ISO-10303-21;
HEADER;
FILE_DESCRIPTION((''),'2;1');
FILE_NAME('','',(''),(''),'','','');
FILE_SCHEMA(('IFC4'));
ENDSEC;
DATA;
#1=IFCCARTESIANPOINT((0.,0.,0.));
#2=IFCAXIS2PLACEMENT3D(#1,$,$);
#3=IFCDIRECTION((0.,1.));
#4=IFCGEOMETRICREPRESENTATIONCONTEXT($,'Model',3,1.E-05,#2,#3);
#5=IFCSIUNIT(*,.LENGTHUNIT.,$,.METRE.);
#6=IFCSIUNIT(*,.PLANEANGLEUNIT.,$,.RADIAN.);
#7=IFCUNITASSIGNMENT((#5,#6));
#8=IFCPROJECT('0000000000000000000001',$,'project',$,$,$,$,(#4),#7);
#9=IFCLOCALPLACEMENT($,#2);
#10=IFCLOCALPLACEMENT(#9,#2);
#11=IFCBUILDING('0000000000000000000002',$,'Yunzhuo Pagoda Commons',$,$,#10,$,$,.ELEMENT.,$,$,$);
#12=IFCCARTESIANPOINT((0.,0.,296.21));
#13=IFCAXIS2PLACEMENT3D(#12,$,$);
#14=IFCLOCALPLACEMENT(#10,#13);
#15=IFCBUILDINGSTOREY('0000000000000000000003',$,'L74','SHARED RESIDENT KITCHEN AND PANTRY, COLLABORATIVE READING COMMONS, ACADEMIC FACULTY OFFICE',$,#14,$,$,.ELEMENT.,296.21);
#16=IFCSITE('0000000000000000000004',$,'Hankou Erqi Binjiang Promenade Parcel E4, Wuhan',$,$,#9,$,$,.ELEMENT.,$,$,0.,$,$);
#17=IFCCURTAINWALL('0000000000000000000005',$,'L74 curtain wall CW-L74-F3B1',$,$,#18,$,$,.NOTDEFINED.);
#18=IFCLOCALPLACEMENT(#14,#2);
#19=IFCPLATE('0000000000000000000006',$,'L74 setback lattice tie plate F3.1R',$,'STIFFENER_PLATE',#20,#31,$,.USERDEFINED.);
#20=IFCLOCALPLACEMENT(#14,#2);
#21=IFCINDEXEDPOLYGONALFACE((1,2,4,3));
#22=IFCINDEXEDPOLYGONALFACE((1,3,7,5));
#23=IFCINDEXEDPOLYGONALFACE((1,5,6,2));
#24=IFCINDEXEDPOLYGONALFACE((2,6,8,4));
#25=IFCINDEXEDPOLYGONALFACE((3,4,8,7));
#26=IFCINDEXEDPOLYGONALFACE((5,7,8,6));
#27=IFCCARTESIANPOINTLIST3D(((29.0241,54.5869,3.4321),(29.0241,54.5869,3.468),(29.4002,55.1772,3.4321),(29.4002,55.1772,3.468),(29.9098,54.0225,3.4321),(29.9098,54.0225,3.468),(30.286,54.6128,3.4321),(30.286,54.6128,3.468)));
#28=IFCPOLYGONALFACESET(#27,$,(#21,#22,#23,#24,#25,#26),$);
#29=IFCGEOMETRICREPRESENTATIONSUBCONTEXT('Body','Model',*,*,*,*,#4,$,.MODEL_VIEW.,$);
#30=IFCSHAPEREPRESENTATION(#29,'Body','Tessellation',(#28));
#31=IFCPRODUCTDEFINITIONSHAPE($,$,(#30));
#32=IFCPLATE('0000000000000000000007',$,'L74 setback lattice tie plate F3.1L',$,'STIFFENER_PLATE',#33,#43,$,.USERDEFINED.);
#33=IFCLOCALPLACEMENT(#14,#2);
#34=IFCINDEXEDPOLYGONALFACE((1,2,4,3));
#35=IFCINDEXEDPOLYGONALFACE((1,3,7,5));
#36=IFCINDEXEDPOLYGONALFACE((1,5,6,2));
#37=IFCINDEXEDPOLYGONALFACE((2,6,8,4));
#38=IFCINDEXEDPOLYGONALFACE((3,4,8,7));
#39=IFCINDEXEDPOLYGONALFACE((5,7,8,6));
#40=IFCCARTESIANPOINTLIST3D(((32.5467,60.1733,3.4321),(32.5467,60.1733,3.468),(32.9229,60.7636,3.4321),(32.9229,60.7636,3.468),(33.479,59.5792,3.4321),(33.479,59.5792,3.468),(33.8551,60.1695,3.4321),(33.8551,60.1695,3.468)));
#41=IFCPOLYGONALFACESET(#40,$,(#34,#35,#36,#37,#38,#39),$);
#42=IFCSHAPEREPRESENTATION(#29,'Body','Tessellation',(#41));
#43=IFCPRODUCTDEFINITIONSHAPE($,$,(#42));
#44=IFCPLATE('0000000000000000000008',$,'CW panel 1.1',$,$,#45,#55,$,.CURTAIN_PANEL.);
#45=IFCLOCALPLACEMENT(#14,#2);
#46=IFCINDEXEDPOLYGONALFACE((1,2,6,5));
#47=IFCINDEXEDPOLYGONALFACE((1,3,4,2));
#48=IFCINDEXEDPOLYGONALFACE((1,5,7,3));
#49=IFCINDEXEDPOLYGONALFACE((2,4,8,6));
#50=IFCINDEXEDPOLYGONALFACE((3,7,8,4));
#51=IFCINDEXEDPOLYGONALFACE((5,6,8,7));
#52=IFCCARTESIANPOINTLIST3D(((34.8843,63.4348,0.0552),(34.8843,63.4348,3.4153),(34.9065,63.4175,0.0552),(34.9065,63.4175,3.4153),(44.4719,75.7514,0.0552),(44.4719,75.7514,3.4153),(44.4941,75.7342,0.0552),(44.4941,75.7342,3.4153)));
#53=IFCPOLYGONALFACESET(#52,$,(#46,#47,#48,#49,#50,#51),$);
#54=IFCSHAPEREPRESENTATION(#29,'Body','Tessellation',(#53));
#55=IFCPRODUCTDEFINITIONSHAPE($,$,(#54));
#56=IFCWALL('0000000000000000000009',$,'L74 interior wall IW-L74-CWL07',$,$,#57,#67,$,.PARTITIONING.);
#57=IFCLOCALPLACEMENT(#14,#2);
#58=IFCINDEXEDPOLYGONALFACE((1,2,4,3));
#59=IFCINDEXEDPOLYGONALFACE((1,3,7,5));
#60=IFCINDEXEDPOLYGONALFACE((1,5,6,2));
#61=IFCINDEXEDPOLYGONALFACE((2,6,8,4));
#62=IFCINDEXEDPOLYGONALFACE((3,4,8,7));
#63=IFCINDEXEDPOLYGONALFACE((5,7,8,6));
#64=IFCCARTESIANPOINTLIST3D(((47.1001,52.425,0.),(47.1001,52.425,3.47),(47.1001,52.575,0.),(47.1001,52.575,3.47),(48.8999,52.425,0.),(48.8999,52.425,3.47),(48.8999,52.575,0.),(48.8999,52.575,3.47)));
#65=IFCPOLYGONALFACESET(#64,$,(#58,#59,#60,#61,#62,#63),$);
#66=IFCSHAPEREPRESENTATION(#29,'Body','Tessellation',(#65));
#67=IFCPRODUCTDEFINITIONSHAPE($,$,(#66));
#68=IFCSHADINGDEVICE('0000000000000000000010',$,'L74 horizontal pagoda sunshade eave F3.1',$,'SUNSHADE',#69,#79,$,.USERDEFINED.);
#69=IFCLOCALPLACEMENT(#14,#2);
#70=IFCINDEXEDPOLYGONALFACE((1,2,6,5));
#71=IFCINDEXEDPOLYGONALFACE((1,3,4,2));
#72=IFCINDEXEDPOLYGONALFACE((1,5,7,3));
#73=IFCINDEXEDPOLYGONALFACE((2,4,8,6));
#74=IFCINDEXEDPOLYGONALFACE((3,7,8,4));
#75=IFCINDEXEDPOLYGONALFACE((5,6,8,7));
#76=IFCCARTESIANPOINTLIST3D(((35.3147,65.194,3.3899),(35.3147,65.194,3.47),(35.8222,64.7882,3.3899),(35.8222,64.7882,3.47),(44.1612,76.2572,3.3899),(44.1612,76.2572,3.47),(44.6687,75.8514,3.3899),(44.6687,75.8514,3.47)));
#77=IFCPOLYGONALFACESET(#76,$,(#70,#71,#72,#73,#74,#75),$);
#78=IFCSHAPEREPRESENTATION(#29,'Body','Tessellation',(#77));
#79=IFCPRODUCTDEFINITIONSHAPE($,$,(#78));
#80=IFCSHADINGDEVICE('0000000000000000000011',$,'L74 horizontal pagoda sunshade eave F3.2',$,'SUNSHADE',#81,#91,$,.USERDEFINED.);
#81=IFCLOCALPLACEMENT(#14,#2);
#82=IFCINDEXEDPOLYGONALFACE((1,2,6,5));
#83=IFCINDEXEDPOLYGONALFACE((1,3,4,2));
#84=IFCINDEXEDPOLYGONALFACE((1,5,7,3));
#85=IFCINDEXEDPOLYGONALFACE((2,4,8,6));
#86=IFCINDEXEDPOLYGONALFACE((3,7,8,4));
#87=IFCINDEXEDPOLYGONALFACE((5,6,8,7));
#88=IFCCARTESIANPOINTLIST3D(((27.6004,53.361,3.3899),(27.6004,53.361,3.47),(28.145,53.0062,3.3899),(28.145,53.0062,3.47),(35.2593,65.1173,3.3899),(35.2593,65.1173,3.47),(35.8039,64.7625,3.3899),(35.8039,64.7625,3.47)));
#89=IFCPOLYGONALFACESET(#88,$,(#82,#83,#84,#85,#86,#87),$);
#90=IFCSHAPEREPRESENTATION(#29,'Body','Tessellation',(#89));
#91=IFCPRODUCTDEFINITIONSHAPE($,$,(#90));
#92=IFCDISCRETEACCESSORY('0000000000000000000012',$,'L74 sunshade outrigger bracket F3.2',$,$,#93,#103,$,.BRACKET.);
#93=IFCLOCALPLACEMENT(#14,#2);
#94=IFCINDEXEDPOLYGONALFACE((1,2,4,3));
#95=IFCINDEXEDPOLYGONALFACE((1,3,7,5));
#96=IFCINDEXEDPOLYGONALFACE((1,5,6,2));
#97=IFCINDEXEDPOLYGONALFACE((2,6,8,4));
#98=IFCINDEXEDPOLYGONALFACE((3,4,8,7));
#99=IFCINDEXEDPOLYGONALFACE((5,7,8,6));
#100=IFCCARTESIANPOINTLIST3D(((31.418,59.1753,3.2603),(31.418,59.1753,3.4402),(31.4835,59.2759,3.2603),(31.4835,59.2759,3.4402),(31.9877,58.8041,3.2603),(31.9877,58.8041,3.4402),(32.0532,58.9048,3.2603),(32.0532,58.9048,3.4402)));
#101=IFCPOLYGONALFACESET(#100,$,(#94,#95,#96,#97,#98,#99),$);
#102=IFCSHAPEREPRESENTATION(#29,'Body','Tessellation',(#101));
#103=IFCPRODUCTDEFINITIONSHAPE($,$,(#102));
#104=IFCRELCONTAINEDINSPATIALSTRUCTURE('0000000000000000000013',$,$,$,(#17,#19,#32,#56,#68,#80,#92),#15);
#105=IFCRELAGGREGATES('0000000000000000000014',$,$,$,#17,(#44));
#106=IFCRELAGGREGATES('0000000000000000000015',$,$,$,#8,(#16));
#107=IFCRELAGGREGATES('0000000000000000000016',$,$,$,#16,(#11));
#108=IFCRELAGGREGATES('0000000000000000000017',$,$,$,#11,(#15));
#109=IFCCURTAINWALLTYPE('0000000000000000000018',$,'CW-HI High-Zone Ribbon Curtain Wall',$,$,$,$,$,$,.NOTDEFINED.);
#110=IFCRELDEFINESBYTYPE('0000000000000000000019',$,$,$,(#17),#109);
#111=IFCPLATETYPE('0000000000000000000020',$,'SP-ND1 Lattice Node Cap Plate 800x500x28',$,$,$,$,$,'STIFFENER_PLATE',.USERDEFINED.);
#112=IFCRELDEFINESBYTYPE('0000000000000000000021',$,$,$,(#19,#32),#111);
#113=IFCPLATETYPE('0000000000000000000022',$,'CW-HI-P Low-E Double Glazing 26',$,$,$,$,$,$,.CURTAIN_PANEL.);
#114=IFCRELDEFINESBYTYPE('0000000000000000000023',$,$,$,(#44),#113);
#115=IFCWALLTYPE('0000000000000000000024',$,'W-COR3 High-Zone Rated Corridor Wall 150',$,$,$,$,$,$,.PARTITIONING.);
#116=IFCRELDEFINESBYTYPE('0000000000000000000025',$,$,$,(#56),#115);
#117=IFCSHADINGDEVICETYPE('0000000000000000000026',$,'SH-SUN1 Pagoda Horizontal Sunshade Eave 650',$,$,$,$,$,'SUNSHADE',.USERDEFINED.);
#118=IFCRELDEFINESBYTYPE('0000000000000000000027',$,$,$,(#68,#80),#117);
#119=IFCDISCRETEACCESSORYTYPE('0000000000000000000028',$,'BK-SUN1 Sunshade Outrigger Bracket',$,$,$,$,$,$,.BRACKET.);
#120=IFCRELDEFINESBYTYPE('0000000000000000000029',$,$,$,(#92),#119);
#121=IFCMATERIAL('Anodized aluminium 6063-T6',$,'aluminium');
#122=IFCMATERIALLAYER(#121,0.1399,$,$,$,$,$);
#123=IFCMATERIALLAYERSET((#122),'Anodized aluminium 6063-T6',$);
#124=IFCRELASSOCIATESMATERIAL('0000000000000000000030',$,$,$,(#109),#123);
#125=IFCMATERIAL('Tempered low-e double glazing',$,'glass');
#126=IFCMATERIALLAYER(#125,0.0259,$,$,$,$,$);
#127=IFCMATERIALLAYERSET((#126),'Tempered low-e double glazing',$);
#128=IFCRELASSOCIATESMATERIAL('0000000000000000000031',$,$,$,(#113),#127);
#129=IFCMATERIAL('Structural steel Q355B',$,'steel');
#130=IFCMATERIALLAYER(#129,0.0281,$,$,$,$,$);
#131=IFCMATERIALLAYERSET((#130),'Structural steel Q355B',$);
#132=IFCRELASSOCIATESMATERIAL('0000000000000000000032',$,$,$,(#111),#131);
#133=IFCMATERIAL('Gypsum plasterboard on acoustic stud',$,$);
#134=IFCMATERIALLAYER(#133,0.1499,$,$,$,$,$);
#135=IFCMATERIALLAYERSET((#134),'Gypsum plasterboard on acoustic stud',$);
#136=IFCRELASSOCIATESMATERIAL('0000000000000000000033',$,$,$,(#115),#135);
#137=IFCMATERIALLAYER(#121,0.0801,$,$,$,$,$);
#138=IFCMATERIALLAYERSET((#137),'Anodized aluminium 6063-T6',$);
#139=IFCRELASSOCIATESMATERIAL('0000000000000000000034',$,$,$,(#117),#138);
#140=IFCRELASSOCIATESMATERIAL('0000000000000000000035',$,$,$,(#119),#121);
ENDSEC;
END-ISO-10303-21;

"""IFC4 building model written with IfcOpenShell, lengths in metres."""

from ifc_helpers import new_model, si_unit, direction, frame, frame_2d, origin, origin_2d, place, context, subcontext, project, spatial, rectangle, extrude, source, transform, mapped, material, layer, layer_set, type_object, element, aggregate, save


model = new_model("IFC4")

# Units and contexts
model_context = context("Model", 3, precision=1e-05, world=origin(), true_north=direction((0.0, 1.0)))
body_context = subcontext(model_context, "Body", "Model", "MODEL_VIEW")
ifc_project = project(units=[si_unit("LENGTHUNIT", "METRE"), si_unit("PLANEANGLEUNIT", "RADIAN")], contexts=[model_context])

# Site, building, storey
site_placement = place(None, origin())
site = spatial("IfcSite", under=ifc_project, at=site_placement, Name="Hankou Erqi Binjiang Promenade Parcel E4, Wuhan", CompositionType="ELEMENT", RefElevation=0.0)
building_placement = place(site_placement, origin())
building = spatial("IfcBuilding", under=site, at=building_placement, Name="Yunzhuo Pagoda Commons", CompositionType="ELEMENT")
storey_placement = place(building_placement, frame((0.0, 0.0, 296.21)))
storey = spatial("IfcBuildingStorey", under=building, at=storey_placement, Name="L74", Description="SHARED RESIDENT KITCHEN AND PANTRY, COLLABORATIVE READING COMMONS, ACADEMIC FACULTY OFFICE", CompositionType="ELEMENT", Elevation=296.21)

# Shared definitions
ifc_material_1 = material(Name="Structural steel Q355B", Category="steel")

# Shared definitions
ifc_material_2 = material(Name="Anodized aluminium 6063-T6", Category="aluminium")
ifc_layer_1 = layer(ifc_material_2, 0.1399)
ifc_layer_set_1 = layer_set([ifc_layer_1], Name="Anodized aluminium 6063-T6")
curtain_wall_type = type_object("IfcCurtainWallType", Name="CW-HI High-Zone Ribbon Curtain Wall", PredefinedType="NOTDEFINED", material=ifc_layer_set_1)

# Curtain wall
curtain_wall_1_placement = place(storey_placement, origin())
curtain_wall_1 = element("IfcCurtainWall", 1, at=curtain_wall_1_placement, inside=storey, type_object=curtain_wall_type, Name="L74 curtain wall CW-L74-F3B1", PredefinedType="NOTDEFINED")

# Shared definitions
ifc_material_3 = material(Name="Tempered low-e double glazing", Category="glass")
ifc_layer_2 = layer(ifc_material_3, 0.0259)
ifc_layer_set_2 = layer_set([ifc_layer_2], Name="Tempered low-e double glazing")
plate_type_1 = type_object("IfcPlateType", Name="CW-HI-P Low-E Double Glazing 26", PredefinedType="CURTAIN_PANEL", material=ifc_layer_set_2)

# Plates
ifc_layer_3 = layer(ifc_material_1, 0.0281)
ifc_layer_set_3 = layer_set([ifc_layer_3], Name="Structural steel Q355B")
plate_type_2 = type_object("IfcPlateType", Name="SP-ND1 Lattice Node Cap Plate 800x500x28", ElementType="STIFFENER_PLATE", PredefinedType="USERDEFINED", material=ifc_layer_set_3)
shared_shape_1 = source(origin(), body_context, "Body", "SweptSolid", [
    extrude(rectangle(XDim=0.7, YDim=1.0503, at=origin_2d()), origin(), (0.0, 0.0, 1.0), 0.0359),
])
plate_1_placement = place(storey_placement, frame((29.655, 54.5999, 3.4321), z_axis=(0.0, 0.0, 1.0), x_axis=(-0.537403, -0.843326, 0.0)))
element("IfcPlate", 2, at=plate_1_placement, inside=storey, type_object=plate_type_2, Name="L74 setback lattice tie plate F3.1R", ObjectType="STIFFENER_PLATE", PredefinedType="USERDEFINED", context=body_context, shape_type="MappedRepresentation", body=[
    mapped(shared_shape_1, transform((0.0, 0.0, 0.0), scale=1.0)),
])
shared_shape_2 = source(origin(), body_context, "Body", "SweptSolid", [
    extrude(rectangle(XDim=0.7, YDim=1.1055, at=origin_2d()), origin(), (0.0, 0.0, 1.0), 0.0359),
])
plate_2_placement = place(storey_placement, frame((33.2009, 60.1714, 3.4321), z_axis=(0.0, 0.0, 1.0), x_axis=(-0.537403, -0.843326, 0.0)))
element("IfcPlate", 3, at=plate_2_placement, inside=storey, type_object=plate_type_2, Name="L74 setback lattice tie plate F3.1L", ObjectType="STIFFENER_PLATE", PredefinedType="USERDEFINED", context=body_context, shape_type="MappedRepresentation", body=[
    mapped(shared_shape_2, transform((0.0, 0.0, 0.0), scale=1.0)),
])

# Plate
shared_shape_3 = source(origin(), body_context, "Body", "SweptSolid", [
    extrude(rectangle(XDim=15.6084, YDim=0.0281, at=origin_2d()), origin(), (0.0, 0.0, 1.0), 3.3601),
])
plate_3_placement = place(storey_placement, frame((39.6892, 69.5845, 0.0552), z_axis=(0.0, 0.0, 1.0), x_axis=(-0.614261, -0.789103, 0.0)))
plate_3 = element("IfcPlate", 4, at=plate_3_placement, type_object=plate_type_1, Name="CW panel 1.1", PredefinedType="CURTAIN_PANEL", context=body_context, shape_type="MappedRepresentation", body=[
    mapped(shared_shape_3, transform((0.0, 0.0, 0.0), scale=1.0)),
])
aggregate(curtain_wall_1, [plate_3])

# Wall
ifc_material_4 = material(Name="Gypsum plasterboard on acoustic stud")
ifc_layer_4 = layer(ifc_material_4, 0.1499)
ifc_layer_set_4 = layer_set([ifc_layer_4], Name="Gypsum plasterboard on acoustic stud")
wall_type = type_object("IfcWallType", Name="W-COR3 High-Zone Rated Corridor Wall 150", PredefinedType="PARTITIONING", material=ifc_layer_set_4)
wall_placement = place(storey_placement, frame((47.1001, 52.5, 0.0), z_axis=(0.0, 0.0, 1.0), x_axis=(1.0, 0.0, 0.0)))
element("IfcWall", 5, at=wall_placement, inside=storey, type_object=wall_type, Name="L74 interior wall IW-L74-CWL07", PredefinedType="PARTITIONING", context=body_context, shape_type="SweptSolid", body=[
    extrude(rectangle(XDim=1.7998, YDim=0.1499, at=frame_2d((0.8999, 0.0))), origin(), (0.0, 0.0, 1.0), 3.47),
])

# Shading devices
ifc_layer_5 = layer(ifc_material_2, 0.0801)
ifc_layer_set_5 = layer_set([ifc_layer_5], Name="Anodized aluminium 6063-T6")
shading_device_type = type_object("IfcShadingDeviceType", Name="SH-SUN1 Pagoda Horizontal Sunshade Eave 650", ElementType="SUNSHADE", PredefinedType="USERDEFINED", material=ifc_layer_set_5)
shared_shape_4 = source(origin(), body_context, "Body", "SweptSolid", [
    extrude(rectangle(XDim=14.1653, YDim=0.6499, at=origin_2d()), origin(), (0.0, 0.0, 1.0), 0.0801),
])
shading_device_1_placement = place(storey_placement, frame((39.9917, 70.5227, 3.3899), z_axis=(0.0, 0.0, 1.0), x_axis=(-0.62452, -0.781008, 0.0)))
element("IfcShadingDevice", 6, at=shading_device_1_placement, inside=storey, type_object=shading_device_type, Name="L74 horizontal pagoda sunshade eave F3.1", ObjectType="SUNSHADE", PredefinedType="USERDEFINED", context=body_context, shape_type="MappedRepresentation", body=[
    mapped(shared_shape_4, transform((0.0, 0.0, 0.0), scale=1.0)),
])
shared_shape_5 = source(origin(), body_context, "Body", "SweptSolid", [
    extrude(rectangle(XDim=14.031, YDim=0.6499, at=origin_2d()), origin(), (0.0, 0.0, 1.0), 0.0801),
])
shading_device_2_placement = place(storey_placement, frame((31.7021, 59.0618, 3.3899), z_axis=(0.0, 0.0, 1.0), x_axis=(-0.545853, -0.837881, 0.0)))
element("IfcShadingDevice", 7, at=shading_device_2_placement, inside=storey, type_object=shading_device_type, Name="L74 horizontal pagoda sunshade eave F3.2", ObjectType="SUNSHADE", PredefinedType="USERDEFINED", context=body_context, shape_type="MappedRepresentation", body=[
    mapped(shared_shape_5, transform((0.0, 0.0, 0.0), scale=1.0)),
])

# Discrete accessory
discrete_accessory_type = type_object("IfcDiscreteAccessoryType", Name="BK-SUN1 Sunshade Outrigger Bracket", PredefinedType="BRACKET", material=ifc_material_2)
shared_shape_6 = source(origin(), body_context, "Body", "SweptSolid", [
    extrude(rectangle(XDim=0.1201, YDim=0.6799, at=origin_2d()), origin(), (0.0, 0.0, 1.0), 0.1799),
])
discrete_accessory_placement = place(storey_placement, frame((31.7356, 59.04, 3.2603), z_axis=(0.0, 0.0, 1.0), x_axis=(-0.545853, -0.837881, 0.0)))
element("IfcDiscreteAccessory", 8, at=discrete_accessory_placement, inside=storey, type_object=discrete_accessory_type, Name="L74 sunshade outrigger bracket F3.2", PredefinedType="BRACKET", context=body_context, shape_type="MappedRepresentation", body=[
    mapped(shared_shape_6, transform((0.0, 0.0, 0.0), scale=1.0)),
])

save(model, "model.ifc")
